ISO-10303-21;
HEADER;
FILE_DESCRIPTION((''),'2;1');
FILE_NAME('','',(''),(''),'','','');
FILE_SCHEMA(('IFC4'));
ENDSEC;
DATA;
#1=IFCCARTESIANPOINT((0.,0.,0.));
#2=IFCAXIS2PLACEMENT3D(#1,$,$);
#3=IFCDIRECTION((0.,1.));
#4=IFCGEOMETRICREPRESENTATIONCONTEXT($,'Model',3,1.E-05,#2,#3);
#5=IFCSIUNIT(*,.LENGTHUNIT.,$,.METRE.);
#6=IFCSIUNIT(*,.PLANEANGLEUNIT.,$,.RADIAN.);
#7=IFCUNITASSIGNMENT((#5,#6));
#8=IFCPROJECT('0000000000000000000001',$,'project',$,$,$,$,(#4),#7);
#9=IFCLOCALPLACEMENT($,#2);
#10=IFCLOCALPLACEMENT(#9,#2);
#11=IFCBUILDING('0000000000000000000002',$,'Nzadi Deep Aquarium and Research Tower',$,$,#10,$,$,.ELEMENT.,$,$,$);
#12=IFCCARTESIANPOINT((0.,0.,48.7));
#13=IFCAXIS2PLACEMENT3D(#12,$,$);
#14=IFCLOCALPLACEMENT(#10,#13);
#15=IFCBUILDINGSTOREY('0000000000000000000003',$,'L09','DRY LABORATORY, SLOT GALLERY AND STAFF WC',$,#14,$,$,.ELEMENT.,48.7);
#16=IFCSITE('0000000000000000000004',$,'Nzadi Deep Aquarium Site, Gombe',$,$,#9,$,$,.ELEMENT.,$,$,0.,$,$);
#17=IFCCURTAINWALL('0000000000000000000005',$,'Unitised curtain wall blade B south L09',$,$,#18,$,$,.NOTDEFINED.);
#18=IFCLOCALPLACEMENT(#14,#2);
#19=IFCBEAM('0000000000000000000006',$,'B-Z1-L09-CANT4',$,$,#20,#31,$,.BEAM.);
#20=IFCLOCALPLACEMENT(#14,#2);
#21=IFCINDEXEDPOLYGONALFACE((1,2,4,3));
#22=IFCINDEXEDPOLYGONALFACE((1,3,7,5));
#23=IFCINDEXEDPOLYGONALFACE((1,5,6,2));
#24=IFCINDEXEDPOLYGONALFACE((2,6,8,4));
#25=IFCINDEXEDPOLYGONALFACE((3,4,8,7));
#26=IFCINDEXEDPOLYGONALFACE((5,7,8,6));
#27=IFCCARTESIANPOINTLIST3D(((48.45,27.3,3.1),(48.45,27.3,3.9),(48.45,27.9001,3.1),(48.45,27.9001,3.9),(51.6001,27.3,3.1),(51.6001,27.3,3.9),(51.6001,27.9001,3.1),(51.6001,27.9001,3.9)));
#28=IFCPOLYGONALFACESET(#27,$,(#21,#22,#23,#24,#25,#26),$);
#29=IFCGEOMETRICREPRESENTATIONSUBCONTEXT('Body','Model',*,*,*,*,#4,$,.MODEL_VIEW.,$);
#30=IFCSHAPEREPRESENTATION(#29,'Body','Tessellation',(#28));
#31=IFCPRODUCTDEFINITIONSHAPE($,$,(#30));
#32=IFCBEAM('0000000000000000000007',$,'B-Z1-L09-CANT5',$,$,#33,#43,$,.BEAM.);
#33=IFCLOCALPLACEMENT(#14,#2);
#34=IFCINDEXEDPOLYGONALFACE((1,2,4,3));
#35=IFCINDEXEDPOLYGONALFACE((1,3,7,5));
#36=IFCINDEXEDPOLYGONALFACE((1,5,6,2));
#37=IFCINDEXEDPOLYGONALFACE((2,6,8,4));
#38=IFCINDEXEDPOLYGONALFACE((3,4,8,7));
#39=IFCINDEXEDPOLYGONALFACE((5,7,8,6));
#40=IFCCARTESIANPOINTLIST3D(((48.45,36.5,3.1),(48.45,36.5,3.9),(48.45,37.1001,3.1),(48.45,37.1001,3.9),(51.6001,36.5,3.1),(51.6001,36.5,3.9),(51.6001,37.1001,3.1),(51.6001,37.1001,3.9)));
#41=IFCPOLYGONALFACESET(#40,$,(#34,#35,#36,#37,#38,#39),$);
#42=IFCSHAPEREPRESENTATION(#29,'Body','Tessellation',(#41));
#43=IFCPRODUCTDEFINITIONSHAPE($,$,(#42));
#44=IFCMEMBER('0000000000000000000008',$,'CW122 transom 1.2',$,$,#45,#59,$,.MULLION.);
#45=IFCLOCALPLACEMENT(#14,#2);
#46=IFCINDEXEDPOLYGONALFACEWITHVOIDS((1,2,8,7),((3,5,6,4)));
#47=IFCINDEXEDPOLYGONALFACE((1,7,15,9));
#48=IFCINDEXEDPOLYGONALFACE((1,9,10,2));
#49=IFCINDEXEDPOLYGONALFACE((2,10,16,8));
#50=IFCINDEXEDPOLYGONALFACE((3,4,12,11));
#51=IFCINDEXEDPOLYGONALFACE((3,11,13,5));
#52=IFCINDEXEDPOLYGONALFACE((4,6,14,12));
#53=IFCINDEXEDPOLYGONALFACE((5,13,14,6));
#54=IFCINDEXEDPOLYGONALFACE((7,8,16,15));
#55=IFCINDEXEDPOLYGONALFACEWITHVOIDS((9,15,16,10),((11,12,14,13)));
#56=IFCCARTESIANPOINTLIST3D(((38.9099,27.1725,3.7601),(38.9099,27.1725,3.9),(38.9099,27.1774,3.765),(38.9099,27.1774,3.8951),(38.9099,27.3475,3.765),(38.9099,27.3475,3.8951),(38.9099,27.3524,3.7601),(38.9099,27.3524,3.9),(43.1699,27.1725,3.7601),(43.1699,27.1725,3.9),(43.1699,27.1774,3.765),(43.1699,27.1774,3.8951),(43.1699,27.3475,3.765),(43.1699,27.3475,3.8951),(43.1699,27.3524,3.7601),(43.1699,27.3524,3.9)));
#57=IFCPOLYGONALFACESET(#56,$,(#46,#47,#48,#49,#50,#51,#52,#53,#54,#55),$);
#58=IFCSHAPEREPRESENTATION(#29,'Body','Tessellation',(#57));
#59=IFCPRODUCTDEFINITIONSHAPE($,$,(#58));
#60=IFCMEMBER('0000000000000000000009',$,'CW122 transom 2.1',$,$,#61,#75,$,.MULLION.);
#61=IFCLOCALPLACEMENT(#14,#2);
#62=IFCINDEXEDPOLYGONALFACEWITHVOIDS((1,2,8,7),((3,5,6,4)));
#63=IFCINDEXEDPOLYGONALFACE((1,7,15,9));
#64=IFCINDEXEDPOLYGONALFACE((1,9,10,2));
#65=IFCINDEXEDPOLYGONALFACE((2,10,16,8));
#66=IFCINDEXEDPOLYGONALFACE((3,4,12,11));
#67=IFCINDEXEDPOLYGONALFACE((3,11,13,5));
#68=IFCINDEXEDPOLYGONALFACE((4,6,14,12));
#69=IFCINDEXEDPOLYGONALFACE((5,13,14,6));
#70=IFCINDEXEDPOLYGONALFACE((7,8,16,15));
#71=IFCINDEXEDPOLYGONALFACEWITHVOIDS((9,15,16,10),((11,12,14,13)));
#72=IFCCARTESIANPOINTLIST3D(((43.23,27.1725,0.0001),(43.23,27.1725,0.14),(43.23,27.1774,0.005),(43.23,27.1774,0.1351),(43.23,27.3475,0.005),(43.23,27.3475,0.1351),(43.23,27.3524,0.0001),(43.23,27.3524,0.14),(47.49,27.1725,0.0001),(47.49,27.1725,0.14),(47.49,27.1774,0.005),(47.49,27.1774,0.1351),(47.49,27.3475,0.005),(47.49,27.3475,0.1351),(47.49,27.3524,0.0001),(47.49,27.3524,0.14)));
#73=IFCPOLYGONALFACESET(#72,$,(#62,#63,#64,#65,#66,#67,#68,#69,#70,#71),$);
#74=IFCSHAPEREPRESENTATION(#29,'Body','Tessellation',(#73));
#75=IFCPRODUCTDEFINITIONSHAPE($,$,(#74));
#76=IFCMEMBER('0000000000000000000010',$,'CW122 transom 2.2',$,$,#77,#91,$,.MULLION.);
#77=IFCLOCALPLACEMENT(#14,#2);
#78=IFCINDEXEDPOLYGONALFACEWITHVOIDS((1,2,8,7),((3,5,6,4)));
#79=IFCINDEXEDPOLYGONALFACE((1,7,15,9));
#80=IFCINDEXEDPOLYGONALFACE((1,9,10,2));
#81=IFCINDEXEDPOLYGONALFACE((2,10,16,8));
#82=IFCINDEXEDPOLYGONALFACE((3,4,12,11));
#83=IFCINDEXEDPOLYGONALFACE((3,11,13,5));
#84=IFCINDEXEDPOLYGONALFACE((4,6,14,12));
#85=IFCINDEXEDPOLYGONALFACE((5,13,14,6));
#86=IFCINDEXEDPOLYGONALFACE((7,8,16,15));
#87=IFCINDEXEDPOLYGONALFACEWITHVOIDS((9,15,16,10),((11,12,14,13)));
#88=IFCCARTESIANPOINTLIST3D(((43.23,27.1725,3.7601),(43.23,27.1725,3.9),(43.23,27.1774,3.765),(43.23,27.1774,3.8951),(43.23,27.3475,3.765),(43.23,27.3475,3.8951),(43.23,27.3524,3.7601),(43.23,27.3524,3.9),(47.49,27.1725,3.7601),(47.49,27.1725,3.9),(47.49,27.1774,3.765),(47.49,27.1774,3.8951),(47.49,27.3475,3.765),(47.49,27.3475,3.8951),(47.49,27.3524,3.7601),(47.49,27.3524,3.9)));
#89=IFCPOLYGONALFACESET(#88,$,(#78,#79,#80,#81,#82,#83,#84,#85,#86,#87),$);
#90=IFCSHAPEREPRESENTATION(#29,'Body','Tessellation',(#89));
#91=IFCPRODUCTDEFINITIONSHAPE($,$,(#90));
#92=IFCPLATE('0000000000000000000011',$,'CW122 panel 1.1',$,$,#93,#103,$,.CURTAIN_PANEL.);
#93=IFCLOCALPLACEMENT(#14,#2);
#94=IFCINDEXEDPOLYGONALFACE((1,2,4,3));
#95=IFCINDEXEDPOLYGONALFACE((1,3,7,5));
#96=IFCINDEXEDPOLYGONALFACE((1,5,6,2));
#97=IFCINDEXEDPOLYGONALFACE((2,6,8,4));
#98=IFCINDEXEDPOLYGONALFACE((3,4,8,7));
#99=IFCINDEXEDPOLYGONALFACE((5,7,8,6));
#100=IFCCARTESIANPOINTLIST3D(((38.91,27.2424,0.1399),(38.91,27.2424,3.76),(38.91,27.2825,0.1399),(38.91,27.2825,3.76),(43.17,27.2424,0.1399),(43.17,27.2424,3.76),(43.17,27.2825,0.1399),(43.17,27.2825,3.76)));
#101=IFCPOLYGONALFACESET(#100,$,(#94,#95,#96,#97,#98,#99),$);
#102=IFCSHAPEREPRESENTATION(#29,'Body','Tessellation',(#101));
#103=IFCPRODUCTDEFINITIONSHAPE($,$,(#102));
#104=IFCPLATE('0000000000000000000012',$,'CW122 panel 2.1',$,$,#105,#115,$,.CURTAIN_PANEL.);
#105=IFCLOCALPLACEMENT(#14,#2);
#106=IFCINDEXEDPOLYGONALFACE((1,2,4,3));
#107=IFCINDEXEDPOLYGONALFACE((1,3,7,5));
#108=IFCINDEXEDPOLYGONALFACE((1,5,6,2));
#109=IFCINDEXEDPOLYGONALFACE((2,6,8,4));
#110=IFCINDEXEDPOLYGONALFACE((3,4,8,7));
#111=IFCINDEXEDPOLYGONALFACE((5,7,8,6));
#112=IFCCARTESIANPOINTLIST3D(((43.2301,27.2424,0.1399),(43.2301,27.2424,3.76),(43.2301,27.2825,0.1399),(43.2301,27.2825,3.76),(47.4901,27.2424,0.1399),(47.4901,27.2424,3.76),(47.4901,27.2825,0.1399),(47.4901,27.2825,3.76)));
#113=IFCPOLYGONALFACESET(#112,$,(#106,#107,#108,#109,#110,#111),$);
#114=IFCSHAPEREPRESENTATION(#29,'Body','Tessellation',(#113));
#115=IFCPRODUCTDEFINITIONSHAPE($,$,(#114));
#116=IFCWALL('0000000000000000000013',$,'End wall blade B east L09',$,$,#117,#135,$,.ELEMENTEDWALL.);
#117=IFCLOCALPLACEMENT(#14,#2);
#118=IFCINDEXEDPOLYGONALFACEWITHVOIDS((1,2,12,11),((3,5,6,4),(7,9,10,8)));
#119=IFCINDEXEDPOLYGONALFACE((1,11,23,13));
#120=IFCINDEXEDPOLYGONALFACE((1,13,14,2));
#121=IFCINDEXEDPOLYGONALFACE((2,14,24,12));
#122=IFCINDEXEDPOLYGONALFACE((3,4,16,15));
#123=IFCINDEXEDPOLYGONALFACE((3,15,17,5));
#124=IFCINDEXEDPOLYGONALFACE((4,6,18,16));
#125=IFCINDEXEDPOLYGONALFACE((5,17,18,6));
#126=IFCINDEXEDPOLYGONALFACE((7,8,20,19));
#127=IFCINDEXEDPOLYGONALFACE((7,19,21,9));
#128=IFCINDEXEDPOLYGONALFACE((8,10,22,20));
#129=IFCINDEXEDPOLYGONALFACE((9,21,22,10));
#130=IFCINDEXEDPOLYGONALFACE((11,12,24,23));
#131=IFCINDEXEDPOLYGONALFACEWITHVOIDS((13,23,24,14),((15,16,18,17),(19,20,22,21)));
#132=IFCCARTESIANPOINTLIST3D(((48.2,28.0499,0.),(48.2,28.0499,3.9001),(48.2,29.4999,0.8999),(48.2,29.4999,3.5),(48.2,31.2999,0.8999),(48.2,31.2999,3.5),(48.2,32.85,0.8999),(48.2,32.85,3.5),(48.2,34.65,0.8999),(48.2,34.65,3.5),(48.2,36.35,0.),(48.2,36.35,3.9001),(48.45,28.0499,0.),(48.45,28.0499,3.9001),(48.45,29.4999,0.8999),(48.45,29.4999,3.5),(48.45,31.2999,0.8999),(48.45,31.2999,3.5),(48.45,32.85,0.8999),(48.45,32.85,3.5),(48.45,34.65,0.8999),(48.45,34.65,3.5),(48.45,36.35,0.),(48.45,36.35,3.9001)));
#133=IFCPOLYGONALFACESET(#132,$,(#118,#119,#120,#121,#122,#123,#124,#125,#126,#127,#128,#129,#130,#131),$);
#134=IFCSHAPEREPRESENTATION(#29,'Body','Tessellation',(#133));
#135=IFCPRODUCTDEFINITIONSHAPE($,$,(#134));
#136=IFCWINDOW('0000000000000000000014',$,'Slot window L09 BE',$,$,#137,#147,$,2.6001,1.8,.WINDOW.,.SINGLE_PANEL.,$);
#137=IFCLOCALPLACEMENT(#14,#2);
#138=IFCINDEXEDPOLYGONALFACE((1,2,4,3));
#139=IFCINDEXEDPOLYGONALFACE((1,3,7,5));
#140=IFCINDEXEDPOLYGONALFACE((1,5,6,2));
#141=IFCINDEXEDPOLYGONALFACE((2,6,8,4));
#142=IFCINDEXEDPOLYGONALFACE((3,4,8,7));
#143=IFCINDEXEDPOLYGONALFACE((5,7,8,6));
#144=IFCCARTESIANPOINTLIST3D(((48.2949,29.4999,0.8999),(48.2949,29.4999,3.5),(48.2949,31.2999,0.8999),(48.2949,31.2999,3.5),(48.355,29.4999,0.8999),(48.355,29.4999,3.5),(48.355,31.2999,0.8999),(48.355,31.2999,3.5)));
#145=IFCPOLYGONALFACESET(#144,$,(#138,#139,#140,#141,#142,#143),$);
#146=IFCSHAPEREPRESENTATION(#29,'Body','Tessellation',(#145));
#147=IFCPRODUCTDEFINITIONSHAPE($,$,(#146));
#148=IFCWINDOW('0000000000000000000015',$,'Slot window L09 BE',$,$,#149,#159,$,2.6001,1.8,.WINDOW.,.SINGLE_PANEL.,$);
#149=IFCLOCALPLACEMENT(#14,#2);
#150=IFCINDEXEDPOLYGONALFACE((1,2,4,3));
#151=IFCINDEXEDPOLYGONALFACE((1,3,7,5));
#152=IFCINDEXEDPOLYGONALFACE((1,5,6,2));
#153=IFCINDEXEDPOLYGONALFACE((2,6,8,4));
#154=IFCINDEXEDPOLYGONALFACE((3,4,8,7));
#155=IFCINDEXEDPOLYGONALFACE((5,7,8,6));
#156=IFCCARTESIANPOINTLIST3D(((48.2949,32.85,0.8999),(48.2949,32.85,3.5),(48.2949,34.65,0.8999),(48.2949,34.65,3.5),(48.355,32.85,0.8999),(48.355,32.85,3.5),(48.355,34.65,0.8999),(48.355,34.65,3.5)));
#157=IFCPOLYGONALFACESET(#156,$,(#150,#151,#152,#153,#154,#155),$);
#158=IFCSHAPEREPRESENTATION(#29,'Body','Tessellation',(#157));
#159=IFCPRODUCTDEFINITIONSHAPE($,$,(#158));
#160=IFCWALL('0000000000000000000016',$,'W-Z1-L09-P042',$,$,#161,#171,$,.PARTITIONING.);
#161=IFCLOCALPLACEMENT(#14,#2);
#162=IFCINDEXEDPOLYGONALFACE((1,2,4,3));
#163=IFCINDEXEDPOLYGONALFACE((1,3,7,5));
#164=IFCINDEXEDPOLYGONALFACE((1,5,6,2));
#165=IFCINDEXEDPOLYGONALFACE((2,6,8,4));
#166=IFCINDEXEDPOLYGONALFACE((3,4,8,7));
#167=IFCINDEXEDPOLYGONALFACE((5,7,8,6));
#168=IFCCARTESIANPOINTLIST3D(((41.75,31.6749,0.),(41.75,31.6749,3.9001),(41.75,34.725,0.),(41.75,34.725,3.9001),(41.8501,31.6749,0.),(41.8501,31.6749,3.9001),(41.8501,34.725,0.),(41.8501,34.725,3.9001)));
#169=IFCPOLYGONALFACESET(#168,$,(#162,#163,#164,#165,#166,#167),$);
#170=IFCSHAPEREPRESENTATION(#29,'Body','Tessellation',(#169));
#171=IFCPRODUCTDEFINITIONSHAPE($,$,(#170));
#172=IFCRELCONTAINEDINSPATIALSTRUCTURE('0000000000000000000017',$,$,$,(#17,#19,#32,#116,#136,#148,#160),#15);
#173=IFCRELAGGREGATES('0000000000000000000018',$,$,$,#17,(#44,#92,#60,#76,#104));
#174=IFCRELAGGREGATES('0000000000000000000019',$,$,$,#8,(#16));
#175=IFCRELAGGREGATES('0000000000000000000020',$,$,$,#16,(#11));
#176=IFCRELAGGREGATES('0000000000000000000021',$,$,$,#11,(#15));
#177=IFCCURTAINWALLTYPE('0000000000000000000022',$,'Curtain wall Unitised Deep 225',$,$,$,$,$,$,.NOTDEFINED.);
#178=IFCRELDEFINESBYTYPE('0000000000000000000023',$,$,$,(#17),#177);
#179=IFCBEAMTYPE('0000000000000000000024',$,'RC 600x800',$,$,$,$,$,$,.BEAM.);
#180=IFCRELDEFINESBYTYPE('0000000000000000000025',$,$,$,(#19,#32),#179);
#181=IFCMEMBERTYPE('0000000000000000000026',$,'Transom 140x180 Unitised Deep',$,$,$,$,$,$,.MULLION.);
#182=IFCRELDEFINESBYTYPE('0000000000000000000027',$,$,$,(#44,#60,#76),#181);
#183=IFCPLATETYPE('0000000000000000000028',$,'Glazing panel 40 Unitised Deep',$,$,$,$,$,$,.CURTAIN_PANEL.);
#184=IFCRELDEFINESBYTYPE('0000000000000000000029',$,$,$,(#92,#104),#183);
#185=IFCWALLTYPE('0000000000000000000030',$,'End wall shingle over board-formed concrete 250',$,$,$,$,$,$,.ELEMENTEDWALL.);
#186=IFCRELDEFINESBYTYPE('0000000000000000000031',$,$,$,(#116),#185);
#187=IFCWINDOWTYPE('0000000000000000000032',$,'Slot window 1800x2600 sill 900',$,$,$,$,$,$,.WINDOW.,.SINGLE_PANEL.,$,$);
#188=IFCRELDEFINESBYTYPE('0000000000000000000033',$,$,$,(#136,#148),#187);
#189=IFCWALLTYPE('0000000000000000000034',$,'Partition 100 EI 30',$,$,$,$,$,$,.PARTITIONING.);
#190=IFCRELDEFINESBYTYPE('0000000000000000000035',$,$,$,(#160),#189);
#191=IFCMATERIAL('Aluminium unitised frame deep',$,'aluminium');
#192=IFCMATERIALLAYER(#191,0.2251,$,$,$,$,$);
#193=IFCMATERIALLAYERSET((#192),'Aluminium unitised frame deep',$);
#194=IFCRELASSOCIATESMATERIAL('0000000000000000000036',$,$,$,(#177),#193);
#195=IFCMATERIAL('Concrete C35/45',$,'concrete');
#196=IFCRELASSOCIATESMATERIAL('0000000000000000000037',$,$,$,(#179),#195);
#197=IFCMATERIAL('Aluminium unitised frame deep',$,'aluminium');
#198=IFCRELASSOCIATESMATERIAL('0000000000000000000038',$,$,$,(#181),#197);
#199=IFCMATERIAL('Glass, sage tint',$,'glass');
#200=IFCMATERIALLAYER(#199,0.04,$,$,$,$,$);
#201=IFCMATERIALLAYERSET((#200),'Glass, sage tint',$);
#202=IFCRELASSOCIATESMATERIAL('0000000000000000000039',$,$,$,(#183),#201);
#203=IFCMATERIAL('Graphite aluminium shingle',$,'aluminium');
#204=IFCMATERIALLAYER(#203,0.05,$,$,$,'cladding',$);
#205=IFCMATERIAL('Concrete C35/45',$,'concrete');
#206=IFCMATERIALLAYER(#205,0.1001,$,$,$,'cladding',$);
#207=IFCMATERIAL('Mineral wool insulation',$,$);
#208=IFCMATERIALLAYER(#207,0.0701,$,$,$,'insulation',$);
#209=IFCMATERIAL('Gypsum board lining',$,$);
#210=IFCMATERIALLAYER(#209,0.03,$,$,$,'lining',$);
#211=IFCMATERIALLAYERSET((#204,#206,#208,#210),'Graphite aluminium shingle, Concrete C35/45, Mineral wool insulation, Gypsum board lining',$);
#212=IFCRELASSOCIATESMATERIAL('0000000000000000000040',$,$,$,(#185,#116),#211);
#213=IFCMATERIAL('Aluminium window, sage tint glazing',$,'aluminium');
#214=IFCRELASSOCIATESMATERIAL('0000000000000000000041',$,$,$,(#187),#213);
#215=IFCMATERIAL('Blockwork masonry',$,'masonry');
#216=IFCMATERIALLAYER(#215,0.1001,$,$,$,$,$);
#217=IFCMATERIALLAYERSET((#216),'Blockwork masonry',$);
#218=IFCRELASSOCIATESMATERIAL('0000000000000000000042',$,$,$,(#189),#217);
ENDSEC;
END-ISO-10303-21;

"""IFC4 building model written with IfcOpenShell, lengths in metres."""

from ifc_helpers import new_model, si_unit, direction, frame, frame_2d, origin, origin_2d, place, context, subcontext, project, spatial, rectangle, hollow_rectangle, extrude, material, layer, layer_set, layer_usage, material_profile, profile_set, type_object, element, fill, aggregate, save


model = new_model("IFC4")

# Units and contexts
model_context = context("Model", 3, precision=1e-05, world=origin(), true_north=direction((0.0, 1.0)))
body_context = subcontext(model_context, "Body", "Model", "MODEL_VIEW")
ifc_project = project(units=[si_unit("LENGTHUNIT", "METRE"), si_unit("PLANEANGLEUNIT", "RADIAN")], contexts=[model_context])

# Site, building, storey
site_placement = place(None, origin())
site = spatial("IfcSite", under=ifc_project, at=site_placement, Name="Nzadi Deep Aquarium Site, Gombe", CompositionType="ELEMENT", RefElevation=0.0)
building_placement = place(site_placement, origin())
building = spatial("IfcBuilding", under=site, at=building_placement, Name="Nzadi Deep Aquarium and Research Tower", CompositionType="ELEMENT")
storey_placement = place(building_placement, frame((0.0, 0.0, 48.7)))
storey = spatial("IfcBuildingStorey", under=building, at=storey_placement, Name="L09", Description="DRY LABORATORY, SLOT GALLERY AND STAFF WC", CompositionType="ELEMENT", Elevation=48.7)

# Curtain wall
ifc_material_1 = material(Name="Aluminium unitised frame deep", Category="aluminium")
ifc_layer_1 = layer(ifc_material_1, 0.2251)
ifc_layer_set_1 = layer_set([ifc_layer_1], Name="Aluminium unitised frame deep")
curtain_wall_type = type_object("IfcCurtainWallType", Name="Curtain wall Unitised Deep 225", PredefinedType="NOTDEFINED", material=ifc_layer_set_1)
curtain_wall_placement = place(storey_placement, origin())
curtain_wall = element("IfcCurtainWall", 1, at=curtain_wall_placement, inside=storey, type_object=curtain_wall_type, Name="Unitised curtain wall blade B south L09", PredefinedType="NOTDEFINED")

# Beams
ifc_material_2 = material(Name="Concrete C35/45", Category="concrete")
ifc_material_profile_1 = material_profile(ifc_material_2, rectangle(XDim=0.6001, YDim=0.8, at=origin_2d()))
ifc_profile_set_1 = profile_set([ifc_material_profile_1], Name="Concrete C35/45")
beam_type_1 = type_object("IfcBeamType", Name="RC 600x800", PredefinedType="BEAM", material=ifc_profile_set_1)
for number, where, z_axis, x_axis, name in (
    (2, (48.45, 27.6001, 3.5), (1.0, 0.0, 0.0), (0.0, 1.0, 0.0), "B-Z1-L09-CANT4"),
    (3, (48.45, 36.8, 3.5), (1.0, 0.0, 0.0), (0.0, 1.0, 0.0), "B-Z1-L09-CANT5"),
):
    element("IfcBeam", number, at=place(storey_placement, frame(where, z_axis=z_axis, x_axis=x_axis)), inside=storey, type_object=beam_type_1, Name=name, PredefinedType="BEAM", context=body_context, shape_type="SweptSolid", body=[
        extrude(rectangle(XDim=0.6001, YDim=0.8, at=origin_2d()), origin(), (0.0, 0.0, 1.0), 3.1501),
    ])

# Members
ifc_material_3 = material(Name="Aluminium unitised frame deep", Category="aluminium")
ifc_material_profile_2 = material_profile(ifc_material_3, hollow_rectangle(XDim=0.1799, YDim=0.1399, WallThickness=0.0049, at=origin_2d()))
ifc_profile_set_2 = profile_set([ifc_material_profile_2], Name="Aluminium unitised frame deep")
member_type_1 = type_object("IfcMemberType", Name="Transom 140x180 Unitised Deep", PredefinedType="MULLION", material=ifc_profile_set_2)
member_1_placement = place(storey_placement, frame((38.9099, 27.2625, 3.8301), z_axis=(1.0, 0.0, 0.0), x_axis=(0.0, 1.0, 0.0)))
member_1 = element("IfcMember", 4, at=member_1_placement, type_object=member_type_1, Name="CW122 transom 1.2", PredefinedType="MULLION", context=body_context, shape_type="SweptSolid", body=[
    extrude(hollow_rectangle(XDim=0.1799, YDim=0.1399, WallThickness=0.0049, at=origin_2d()), origin(), (0.0, 0.0, 1.0), 4.26),
])
member_2_placement = place(storey_placement, frame((43.23, 27.2625, 0.0701), z_axis=(1.0, 0.0, 0.0), x_axis=(0.0, 1.0, 0.0)))
member_2 = element("IfcMember", 5, at=member_2_placement, type_object=member_type_1, Name="CW122 transom 2.1", PredefinedType="MULLION", context=body_context, shape_type="SweptSolid", body=[
    extrude(hollow_rectangle(XDim=0.1799, YDim=0.1399, WallThickness=0.0049, at=origin_2d()), origin(), (0.0, 0.0, 1.0), 4.26),
])
member_3_placement = place(storey_placement, frame((43.23, 27.2625, 3.8301), z_axis=(1.0, 0.0, 0.0), x_axis=(0.0, 1.0, 0.0)))
member_3 = element("IfcMember", 6, at=member_3_placement, type_object=member_type_1, Name="CW122 transom 2.2", PredefinedType="MULLION", context=body_context, shape_type="SweptSolid", body=[
    extrude(hollow_rectangle(XDim=0.1799, YDim=0.1399, WallThickness=0.0049, at=origin_2d()), origin(), (0.0, 0.0, 1.0), 4.26),
])

# Plates
ifc_material_4 = material(Name="Glass, sage tint", Category="glass")
ifc_layer_2 = layer(ifc_material_4, 0.04)
ifc_layer_set_2 = layer_set([ifc_layer_2], Name="Glass, sage tint")
plate_type = type_object("IfcPlateType", Name="Glazing panel 40 Unitised Deep", PredefinedType="CURTAIN_PANEL", material=ifc_layer_set_2)
plate_1_placement = place(storey_placement, frame((41.04, 27.2625, 0.1399), z_axis=(0.0, 0.0, 1.0), x_axis=(1.0, 0.0, 0.0)))
plate_1 = element("IfcPlate", 7, at=plate_1_placement, type_object=plate_type, Name="CW122 panel 1.1", PredefinedType="CURTAIN_PANEL", context=body_context, shape_type="SweptSolid", body=[
    extrude(rectangle(XDim=4.26, YDim=0.04, at=origin_2d()), origin(), (0.0, 0.0, 1.0), 3.6201),
])
plate_2_placement = place(storey_placement, frame((45.3601, 27.2625, 0.1399), z_axis=(0.0, 0.0, 1.0), x_axis=(1.0, 0.0, 0.0)))
plate_2 = element("IfcPlate", 8, at=plate_2_placement, type_object=plate_type, Name="CW122 panel 2.1", PredefinedType="CURTAIN_PANEL", context=body_context, shape_type="SweptSolid", body=[
    extrude(rectangle(XDim=4.26, YDim=0.04, at=origin_2d()), origin(), (0.0, 0.0, 1.0), 3.6201),
])
aggregate(curtain_wall, [member_1, plate_1, member_2, member_3, plate_2])

# Wall, openings, windows
ifc_material_5 = material(Name="Graphite aluminium shingle", Category="aluminium")
ifc_layer_3 = layer(ifc_material_5, 0.05, Category="cladding")
ifc_material_6 = material(Name="Concrete C35/45", Category="concrete")
ifc_layer_4 = layer(ifc_material_6, 0.1001, Category="cladding")
ifc_material_7 = material(Name="Mineral wool insulation")
ifc_layer_5 = layer(ifc_material_7, 0.0701, Category="insulation")
ifc_material_8 = material(Name="Gypsum board lining")
ifc_layer_6 = layer(ifc_material_8, 0.03, Category="lining")
ifc_layer_set_3 = layer_set([ifc_layer_3, ifc_layer_4, ifc_layer_5, ifc_layer_6], Name="Graphite aluminium shingle, Concrete C35/45, Mineral wool insulation, Gypsum board lining")
ifc_layer_usage = layer_usage(ifc_layer_set_3, "AXIS2", "POSITIVE", -0.125)
wall_type_1 = type_object("IfcWallType", Name="End wall shingle over board-formed concrete 250", PredefinedType="ELEMENTEDWALL", material=ifc_layer_set_3)
wall_1_placement = place(storey_placement, frame((48.325, 28.05, 0.0), z_axis=(0.0, 0.0, 1.0), x_axis=(0.0, 1.0, 0.0)))
wall_1 = element("IfcWall", 9, at=wall_1_placement, inside=storey, type_object=wall_type_1, material=ifc_layer_usage, Name="End wall blade B east L09", PredefinedType="ELEMENTEDWALL", context=body_context, shape_type="SweptSolid", body=[
    extrude(rectangle(XDim=8.3, YDim=0.25, at=frame_2d((4.1499, 0.0))), origin(), (0.0, 0.0, 1.0), 3.9001),
])
opening_1_placement = place(wall_1_placement, frame((1.45, 0.0, 0.8999)))
opening_1 = element("IfcOpeningElement", 10, at=opening_1_placement, cuts=wall_1, PredefinedType="OPENING", context=body_context, shape_type="SweptSolid", body=[
    extrude(rectangle(XDim=1.8, YDim=2.6001, at=frame_2d((0.8999, 1.3))), frame((0.0, 0.135, 0.0), z_axis=(0.0, -1.0, 0.0), x_axis=(1.0, 0.0, 0.0)), (0.0, 0.0, 1.0), 0.27),
])
opening_2_placement = place(wall_1_placement, frame((4.8, 0.0, 0.8999)))
opening_2 = element("IfcOpeningElement", 11, at=opening_2_placement, cuts=wall_1, PredefinedType="OPENING", context=body_context, shape_type="SweptSolid", body=[
    extrude(rectangle(XDim=1.8, YDim=2.6001, at=frame_2d((0.8999, 1.3))), frame((0.0, 0.135, 0.0), z_axis=(0.0, -1.0, 0.0), x_axis=(1.0, 0.0, 0.0)), (0.0, 0.0, 1.0), 0.27),
])
ifc_material_9 = material(Name="Aluminium window, sage tint glazing", Category="aluminium")
window_type = type_object("IfcWindowType", Name="Slot window 1800x2600 sill 900", PartitioningType="SINGLE_PANEL", PredefinedType="WINDOW", material=ifc_material_9)
window_1_placement = place(opening_1_placement, origin())
window_1 = element("IfcWindow", 12, at=window_1_placement, inside=storey, type_object=window_type, Name="Slot window L09 BE", OverallHeight=2.6001, OverallWidth=1.8, PartitioningType="SINGLE_PANEL", PredefinedType="WINDOW", context=body_context, shape_type="SweptSolid", body=[
    extrude(rectangle(XDim=1.8, YDim=2.6001, at=frame_2d((0.8999, 1.3))), frame((0.0, 0.03, 0.0), z_axis=(0.0, -1.0, 0.0), x_axis=(1.0, 0.0, 0.0)), (0.0, 0.0, 1.0), 0.0601),
])
fill(opening_1, window_1)
window_2_placement = place(opening_2_placement, origin())
window_2 = element("IfcWindow", 13, at=window_2_placement, inside=storey, type_object=window_type, Name="Slot window L09 BE", OverallHeight=2.6001, OverallWidth=1.8, PartitioningType="SINGLE_PANEL", PredefinedType="WINDOW", context=body_context, shape_type="SweptSolid", body=[
    extrude(rectangle(XDim=1.8, YDim=2.6001, at=frame_2d((0.8999, 1.3))), frame((0.0, 0.03, 0.0), z_axis=(0.0, -1.0, 0.0), x_axis=(1.0, 0.0, 0.0)), (0.0, 0.0, 1.0), 0.0601),
])
fill(opening_2, window_2)

# Wall
ifc_material_10 = material(Name="Blockwork masonry", Category="masonry")
ifc_layer_7 = layer(ifc_material_10, 0.1001)
ifc_layer_set_4 = layer_set([ifc_layer_7], Name="Blockwork masonry")
wall_type_2 = type_object("IfcWallType", Name="Partition 100 EI 30", PredefinedType="PARTITIONING", material=ifc_layer_set_4)
wall_2_placement = place(storey_placement, frame((41.8, 31.675, 0.0), z_axis=(0.0, 0.0, 1.0), x_axis=(0.0, 1.0, 0.0)))
element("IfcWall", 14, at=wall_2_placement, inside=storey, type_object=wall_type_2, Name="W-Z1-L09-P042", PredefinedType="PARTITIONING", context=body_context, shape_type="SweptSolid", body=[
    extrude(rectangle(XDim=3.05, YDim=0.1001, at=frame_2d((1.5249, 0.0))), origin(), (0.0, 0.0, 1.0), 3.9001),
])

save(model, "model.ifc")
